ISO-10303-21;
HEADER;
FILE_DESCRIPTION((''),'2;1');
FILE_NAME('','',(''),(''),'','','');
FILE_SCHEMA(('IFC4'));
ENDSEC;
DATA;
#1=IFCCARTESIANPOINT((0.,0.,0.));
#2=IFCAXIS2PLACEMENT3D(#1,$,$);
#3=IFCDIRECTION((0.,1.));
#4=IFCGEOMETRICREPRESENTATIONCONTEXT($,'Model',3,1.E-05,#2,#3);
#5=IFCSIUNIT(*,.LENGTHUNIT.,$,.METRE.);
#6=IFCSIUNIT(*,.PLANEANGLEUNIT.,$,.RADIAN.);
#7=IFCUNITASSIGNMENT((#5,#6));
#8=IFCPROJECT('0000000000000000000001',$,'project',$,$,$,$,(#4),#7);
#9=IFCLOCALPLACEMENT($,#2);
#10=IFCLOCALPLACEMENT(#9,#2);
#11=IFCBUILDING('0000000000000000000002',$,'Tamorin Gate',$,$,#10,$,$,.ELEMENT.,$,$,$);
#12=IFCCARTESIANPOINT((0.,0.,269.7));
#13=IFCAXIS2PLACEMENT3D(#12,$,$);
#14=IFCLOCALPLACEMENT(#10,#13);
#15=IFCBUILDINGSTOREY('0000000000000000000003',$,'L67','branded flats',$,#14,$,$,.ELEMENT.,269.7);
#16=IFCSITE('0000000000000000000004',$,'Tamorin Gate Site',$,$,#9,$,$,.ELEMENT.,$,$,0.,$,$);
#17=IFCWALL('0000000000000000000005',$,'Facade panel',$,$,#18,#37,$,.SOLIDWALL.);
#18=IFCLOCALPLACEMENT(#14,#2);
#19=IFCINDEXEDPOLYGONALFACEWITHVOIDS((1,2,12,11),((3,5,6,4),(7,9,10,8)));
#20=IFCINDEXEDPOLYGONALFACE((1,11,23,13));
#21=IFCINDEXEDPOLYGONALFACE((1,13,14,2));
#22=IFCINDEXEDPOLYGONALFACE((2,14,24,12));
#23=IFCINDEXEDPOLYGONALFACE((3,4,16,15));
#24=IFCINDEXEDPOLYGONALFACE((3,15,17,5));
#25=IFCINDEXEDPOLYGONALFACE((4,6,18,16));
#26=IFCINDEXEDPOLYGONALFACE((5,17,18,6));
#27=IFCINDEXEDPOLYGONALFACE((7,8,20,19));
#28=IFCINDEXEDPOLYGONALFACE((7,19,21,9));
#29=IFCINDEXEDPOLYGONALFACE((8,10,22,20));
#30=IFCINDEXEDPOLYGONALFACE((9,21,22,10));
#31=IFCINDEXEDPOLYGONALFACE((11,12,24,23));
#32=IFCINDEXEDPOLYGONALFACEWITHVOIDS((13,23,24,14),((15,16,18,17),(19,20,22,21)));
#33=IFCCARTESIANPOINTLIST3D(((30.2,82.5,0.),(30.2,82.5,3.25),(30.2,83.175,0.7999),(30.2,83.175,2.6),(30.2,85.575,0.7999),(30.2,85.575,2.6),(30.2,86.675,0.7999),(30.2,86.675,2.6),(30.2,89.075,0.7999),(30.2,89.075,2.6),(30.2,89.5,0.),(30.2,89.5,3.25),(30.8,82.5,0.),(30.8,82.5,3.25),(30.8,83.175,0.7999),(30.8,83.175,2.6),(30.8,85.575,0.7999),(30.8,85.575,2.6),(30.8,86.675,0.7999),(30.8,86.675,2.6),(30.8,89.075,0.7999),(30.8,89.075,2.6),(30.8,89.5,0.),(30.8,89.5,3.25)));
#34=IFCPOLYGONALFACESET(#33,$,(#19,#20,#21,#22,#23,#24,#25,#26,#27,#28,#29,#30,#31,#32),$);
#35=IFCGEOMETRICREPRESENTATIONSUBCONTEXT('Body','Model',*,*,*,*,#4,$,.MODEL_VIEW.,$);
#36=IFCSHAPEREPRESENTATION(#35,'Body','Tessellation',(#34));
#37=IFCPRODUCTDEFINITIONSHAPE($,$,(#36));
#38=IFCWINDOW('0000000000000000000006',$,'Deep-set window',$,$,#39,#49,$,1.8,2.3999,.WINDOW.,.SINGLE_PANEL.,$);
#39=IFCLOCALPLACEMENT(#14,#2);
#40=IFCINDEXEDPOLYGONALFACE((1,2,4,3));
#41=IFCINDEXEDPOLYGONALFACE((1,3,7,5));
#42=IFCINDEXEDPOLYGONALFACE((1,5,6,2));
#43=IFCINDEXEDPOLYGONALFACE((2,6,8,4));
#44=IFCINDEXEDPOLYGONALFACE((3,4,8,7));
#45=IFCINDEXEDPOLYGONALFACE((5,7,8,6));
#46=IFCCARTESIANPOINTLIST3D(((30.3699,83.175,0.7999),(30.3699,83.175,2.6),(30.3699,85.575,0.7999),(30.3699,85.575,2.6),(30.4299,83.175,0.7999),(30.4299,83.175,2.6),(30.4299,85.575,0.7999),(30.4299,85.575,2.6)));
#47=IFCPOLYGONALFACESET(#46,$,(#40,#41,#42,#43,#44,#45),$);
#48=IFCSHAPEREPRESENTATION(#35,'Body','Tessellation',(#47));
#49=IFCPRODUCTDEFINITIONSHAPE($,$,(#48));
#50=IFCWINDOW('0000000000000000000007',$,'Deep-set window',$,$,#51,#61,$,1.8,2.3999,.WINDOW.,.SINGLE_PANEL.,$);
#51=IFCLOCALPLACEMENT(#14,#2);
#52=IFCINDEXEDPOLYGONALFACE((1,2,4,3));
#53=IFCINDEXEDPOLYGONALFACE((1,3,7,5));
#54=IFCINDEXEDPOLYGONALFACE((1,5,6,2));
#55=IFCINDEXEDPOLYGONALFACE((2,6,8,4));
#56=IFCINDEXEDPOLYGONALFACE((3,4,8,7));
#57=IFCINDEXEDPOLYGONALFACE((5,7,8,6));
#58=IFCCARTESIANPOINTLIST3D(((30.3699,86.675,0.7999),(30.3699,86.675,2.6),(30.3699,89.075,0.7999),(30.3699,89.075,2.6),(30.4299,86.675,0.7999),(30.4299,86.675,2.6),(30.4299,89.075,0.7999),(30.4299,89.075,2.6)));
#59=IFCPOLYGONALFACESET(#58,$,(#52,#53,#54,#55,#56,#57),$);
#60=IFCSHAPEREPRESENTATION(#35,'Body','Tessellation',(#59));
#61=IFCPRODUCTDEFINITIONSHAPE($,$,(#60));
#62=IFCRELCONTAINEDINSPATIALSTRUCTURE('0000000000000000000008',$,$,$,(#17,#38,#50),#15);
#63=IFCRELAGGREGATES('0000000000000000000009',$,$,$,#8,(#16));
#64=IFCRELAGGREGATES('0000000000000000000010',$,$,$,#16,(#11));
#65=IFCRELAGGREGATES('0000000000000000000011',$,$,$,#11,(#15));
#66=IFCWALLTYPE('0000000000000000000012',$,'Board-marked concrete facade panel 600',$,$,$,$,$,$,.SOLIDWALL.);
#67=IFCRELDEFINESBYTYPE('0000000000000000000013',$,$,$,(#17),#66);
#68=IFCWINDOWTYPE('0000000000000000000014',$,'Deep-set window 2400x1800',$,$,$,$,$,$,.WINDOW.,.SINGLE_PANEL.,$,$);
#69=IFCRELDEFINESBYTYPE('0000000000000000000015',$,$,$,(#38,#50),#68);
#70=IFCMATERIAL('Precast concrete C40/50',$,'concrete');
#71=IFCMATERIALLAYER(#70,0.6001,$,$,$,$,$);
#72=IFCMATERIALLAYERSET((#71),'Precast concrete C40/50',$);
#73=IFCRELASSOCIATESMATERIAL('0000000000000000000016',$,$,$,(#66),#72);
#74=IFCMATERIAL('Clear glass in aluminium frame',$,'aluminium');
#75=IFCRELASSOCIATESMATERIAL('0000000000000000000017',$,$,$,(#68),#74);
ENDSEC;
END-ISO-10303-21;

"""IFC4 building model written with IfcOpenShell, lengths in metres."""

from ifc_helpers import new_model, si_unit, direction, frame, frame_2d, origin, place, context, subcontext, project, spatial, rectangle, extrude, material, layer, layer_set, type_object, element, fill, save


model = new_model("IFC4")

# Units and contexts
model_context = context("Model", 3, precision=1e-05, world=origin(), true_north=direction((0.0, 1.0)))
body_context = subcontext(model_context, "Body", "Model", "MODEL_VIEW")
ifc_project = project(units=[si_unit("LENGTHUNIT", "METRE"), si_unit("PLANEANGLEUNIT", "RADIAN")], contexts=[model_context])

# Site, building, storey
site_placement = place(None, origin())
site = spatial("IfcSite", under=ifc_project, at=site_placement, Name="Tamorin Gate Site", CompositionType="ELEMENT", RefElevation=0.0)
building_placement = place(site_placement, origin())
building = spatial("IfcBuilding", under=site, at=building_placement, Name="Tamorin Gate", CompositionType="ELEMENT")
storey_placement = place(building_placement, frame((0.0, 0.0, 269.7)))
storey = spatial("IfcBuildingStorey", under=building, at=storey_placement, Name="L67", Description="branded flats", CompositionType="ELEMENT", Elevation=269.7)

# Shared definitions
ifc_material_1 = material(Name="Precast concrete C40/50", Category="concrete")
ifc_layer = layer(ifc_material_1, 0.6001)
ifc_layer_set = layer_set([ifc_layer], Name="Precast concrete C40/50")
wall_type = type_object("IfcWallType", Name="Board-marked concrete facade panel 600", PredefinedType="SOLIDWALL", material=ifc_layer_set)

# Shared definitions
ifc_material_2 = material(Name="Clear glass in aluminium frame", Category="aluminium")
window_type_1 = type_object("IfcWindowType", Name="Deep-set window 2400x1800", PartitioningType="SINGLE_PANEL", PredefinedType="WINDOW", material=ifc_material_2)

# Wall, openings, windows
wall_1_placement = place(storey_placement, frame((30.5, 89.5, 0.0), z_axis=(0.0, 0.0, 1.0), x_axis=(0.0, -1.0, 0.0)))
wall_1 = element("IfcWall", 1, at=wall_1_placement, inside=storey, type_object=wall_type, Name="Facade panel", PredefinedType="SOLIDWALL", context=body_context, shape_type="SweptSolid", body=[
    extrude(rectangle(XDim=7.0, YDim=0.6001, at=frame_2d((3.5, 0.0))), origin(), (0.0, 0.0, 1.0), 3.25),
])
opening_1_placement = place(wall_1_placement, frame((3.925, 0.0, 0.8)))
opening_1 = element("IfcOpeningElement", 2, at=opening_1_placement, cuts=wall_1, PredefinedType="OPENING", context=body_context, shape_type="SweptSolid", body=[
    extrude(rectangle(XDim=2.3999, YDim=1.8, at=frame_2d((1.2, 0.8999))), frame((0.0, 0.3101, 0.0), z_axis=(0.0, -1.0, 0.0), x_axis=(1.0, 0.0, 0.0)), (0.0, 0.0, 1.0), 0.6201),
])
opening_2_placement = place(wall_1_placement, frame((0.425, 0.0, 0.8)))
opening_2 = element("IfcOpeningElement", 3, at=opening_2_placement, cuts=wall_1, PredefinedType="OPENING", context=body_context, shape_type="SweptSolid", body=[
    extrude(rectangle(XDim=2.3999, YDim=1.8, at=frame_2d((1.2, 0.8999))), frame((0.0, 0.3101, 0.0), z_axis=(0.0, -1.0, 0.0), x_axis=(1.0, 0.0, 0.0)), (0.0, 0.0, 1.0), 0.6201),
])
window_1_placement = place(opening_1_placement, origin())
window_1 = element("IfcWindow", 4, at=window_1_placement, inside=storey, type_object=window_type_1, Name="Deep-set window", OverallHeight=1.8, OverallWidth=2.3999, PartitioningType="SINGLE_PANEL", PredefinedType="WINDOW", context=body_context, shape_type="SweptSolid", body=[
    extrude(rectangle(XDim=2.3999, YDim=1.8, at=frame_2d((1.2, 0.8999))), frame((0.0, -0.0701, 0.0), z_axis=(0.0, -1.0, 0.0), x_axis=(1.0, 0.0, 0.0)), (0.0, 0.0, 1.0), 0.0601),
])
fill(opening_1, window_1)
window_2_placement = place(opening_2_placement, origin())
window_2 = element("IfcWindow", 5, at=window_2_placement, inside=storey, type_object=window_type_1, Name="Deep-set window", OverallHeight=1.8, OverallWidth=2.3999, PartitioningType="SINGLE_PANEL", PredefinedType="WINDOW", context=body_context, shape_type="SweptSolid", body=[
    extrude(rectangle(XDim=2.3999, YDim=1.8, at=frame_2d((1.2, 0.8999))), frame((0.0, -0.0701, 0.0), z_axis=(0.0, -1.0, 0.0), x_axis=(1.0, 0.0, 0.0)), (0.0, 0.0, 1.0), 0.0601),
])
fill(opening_2, window_2)

save(model, "model.ifc")
